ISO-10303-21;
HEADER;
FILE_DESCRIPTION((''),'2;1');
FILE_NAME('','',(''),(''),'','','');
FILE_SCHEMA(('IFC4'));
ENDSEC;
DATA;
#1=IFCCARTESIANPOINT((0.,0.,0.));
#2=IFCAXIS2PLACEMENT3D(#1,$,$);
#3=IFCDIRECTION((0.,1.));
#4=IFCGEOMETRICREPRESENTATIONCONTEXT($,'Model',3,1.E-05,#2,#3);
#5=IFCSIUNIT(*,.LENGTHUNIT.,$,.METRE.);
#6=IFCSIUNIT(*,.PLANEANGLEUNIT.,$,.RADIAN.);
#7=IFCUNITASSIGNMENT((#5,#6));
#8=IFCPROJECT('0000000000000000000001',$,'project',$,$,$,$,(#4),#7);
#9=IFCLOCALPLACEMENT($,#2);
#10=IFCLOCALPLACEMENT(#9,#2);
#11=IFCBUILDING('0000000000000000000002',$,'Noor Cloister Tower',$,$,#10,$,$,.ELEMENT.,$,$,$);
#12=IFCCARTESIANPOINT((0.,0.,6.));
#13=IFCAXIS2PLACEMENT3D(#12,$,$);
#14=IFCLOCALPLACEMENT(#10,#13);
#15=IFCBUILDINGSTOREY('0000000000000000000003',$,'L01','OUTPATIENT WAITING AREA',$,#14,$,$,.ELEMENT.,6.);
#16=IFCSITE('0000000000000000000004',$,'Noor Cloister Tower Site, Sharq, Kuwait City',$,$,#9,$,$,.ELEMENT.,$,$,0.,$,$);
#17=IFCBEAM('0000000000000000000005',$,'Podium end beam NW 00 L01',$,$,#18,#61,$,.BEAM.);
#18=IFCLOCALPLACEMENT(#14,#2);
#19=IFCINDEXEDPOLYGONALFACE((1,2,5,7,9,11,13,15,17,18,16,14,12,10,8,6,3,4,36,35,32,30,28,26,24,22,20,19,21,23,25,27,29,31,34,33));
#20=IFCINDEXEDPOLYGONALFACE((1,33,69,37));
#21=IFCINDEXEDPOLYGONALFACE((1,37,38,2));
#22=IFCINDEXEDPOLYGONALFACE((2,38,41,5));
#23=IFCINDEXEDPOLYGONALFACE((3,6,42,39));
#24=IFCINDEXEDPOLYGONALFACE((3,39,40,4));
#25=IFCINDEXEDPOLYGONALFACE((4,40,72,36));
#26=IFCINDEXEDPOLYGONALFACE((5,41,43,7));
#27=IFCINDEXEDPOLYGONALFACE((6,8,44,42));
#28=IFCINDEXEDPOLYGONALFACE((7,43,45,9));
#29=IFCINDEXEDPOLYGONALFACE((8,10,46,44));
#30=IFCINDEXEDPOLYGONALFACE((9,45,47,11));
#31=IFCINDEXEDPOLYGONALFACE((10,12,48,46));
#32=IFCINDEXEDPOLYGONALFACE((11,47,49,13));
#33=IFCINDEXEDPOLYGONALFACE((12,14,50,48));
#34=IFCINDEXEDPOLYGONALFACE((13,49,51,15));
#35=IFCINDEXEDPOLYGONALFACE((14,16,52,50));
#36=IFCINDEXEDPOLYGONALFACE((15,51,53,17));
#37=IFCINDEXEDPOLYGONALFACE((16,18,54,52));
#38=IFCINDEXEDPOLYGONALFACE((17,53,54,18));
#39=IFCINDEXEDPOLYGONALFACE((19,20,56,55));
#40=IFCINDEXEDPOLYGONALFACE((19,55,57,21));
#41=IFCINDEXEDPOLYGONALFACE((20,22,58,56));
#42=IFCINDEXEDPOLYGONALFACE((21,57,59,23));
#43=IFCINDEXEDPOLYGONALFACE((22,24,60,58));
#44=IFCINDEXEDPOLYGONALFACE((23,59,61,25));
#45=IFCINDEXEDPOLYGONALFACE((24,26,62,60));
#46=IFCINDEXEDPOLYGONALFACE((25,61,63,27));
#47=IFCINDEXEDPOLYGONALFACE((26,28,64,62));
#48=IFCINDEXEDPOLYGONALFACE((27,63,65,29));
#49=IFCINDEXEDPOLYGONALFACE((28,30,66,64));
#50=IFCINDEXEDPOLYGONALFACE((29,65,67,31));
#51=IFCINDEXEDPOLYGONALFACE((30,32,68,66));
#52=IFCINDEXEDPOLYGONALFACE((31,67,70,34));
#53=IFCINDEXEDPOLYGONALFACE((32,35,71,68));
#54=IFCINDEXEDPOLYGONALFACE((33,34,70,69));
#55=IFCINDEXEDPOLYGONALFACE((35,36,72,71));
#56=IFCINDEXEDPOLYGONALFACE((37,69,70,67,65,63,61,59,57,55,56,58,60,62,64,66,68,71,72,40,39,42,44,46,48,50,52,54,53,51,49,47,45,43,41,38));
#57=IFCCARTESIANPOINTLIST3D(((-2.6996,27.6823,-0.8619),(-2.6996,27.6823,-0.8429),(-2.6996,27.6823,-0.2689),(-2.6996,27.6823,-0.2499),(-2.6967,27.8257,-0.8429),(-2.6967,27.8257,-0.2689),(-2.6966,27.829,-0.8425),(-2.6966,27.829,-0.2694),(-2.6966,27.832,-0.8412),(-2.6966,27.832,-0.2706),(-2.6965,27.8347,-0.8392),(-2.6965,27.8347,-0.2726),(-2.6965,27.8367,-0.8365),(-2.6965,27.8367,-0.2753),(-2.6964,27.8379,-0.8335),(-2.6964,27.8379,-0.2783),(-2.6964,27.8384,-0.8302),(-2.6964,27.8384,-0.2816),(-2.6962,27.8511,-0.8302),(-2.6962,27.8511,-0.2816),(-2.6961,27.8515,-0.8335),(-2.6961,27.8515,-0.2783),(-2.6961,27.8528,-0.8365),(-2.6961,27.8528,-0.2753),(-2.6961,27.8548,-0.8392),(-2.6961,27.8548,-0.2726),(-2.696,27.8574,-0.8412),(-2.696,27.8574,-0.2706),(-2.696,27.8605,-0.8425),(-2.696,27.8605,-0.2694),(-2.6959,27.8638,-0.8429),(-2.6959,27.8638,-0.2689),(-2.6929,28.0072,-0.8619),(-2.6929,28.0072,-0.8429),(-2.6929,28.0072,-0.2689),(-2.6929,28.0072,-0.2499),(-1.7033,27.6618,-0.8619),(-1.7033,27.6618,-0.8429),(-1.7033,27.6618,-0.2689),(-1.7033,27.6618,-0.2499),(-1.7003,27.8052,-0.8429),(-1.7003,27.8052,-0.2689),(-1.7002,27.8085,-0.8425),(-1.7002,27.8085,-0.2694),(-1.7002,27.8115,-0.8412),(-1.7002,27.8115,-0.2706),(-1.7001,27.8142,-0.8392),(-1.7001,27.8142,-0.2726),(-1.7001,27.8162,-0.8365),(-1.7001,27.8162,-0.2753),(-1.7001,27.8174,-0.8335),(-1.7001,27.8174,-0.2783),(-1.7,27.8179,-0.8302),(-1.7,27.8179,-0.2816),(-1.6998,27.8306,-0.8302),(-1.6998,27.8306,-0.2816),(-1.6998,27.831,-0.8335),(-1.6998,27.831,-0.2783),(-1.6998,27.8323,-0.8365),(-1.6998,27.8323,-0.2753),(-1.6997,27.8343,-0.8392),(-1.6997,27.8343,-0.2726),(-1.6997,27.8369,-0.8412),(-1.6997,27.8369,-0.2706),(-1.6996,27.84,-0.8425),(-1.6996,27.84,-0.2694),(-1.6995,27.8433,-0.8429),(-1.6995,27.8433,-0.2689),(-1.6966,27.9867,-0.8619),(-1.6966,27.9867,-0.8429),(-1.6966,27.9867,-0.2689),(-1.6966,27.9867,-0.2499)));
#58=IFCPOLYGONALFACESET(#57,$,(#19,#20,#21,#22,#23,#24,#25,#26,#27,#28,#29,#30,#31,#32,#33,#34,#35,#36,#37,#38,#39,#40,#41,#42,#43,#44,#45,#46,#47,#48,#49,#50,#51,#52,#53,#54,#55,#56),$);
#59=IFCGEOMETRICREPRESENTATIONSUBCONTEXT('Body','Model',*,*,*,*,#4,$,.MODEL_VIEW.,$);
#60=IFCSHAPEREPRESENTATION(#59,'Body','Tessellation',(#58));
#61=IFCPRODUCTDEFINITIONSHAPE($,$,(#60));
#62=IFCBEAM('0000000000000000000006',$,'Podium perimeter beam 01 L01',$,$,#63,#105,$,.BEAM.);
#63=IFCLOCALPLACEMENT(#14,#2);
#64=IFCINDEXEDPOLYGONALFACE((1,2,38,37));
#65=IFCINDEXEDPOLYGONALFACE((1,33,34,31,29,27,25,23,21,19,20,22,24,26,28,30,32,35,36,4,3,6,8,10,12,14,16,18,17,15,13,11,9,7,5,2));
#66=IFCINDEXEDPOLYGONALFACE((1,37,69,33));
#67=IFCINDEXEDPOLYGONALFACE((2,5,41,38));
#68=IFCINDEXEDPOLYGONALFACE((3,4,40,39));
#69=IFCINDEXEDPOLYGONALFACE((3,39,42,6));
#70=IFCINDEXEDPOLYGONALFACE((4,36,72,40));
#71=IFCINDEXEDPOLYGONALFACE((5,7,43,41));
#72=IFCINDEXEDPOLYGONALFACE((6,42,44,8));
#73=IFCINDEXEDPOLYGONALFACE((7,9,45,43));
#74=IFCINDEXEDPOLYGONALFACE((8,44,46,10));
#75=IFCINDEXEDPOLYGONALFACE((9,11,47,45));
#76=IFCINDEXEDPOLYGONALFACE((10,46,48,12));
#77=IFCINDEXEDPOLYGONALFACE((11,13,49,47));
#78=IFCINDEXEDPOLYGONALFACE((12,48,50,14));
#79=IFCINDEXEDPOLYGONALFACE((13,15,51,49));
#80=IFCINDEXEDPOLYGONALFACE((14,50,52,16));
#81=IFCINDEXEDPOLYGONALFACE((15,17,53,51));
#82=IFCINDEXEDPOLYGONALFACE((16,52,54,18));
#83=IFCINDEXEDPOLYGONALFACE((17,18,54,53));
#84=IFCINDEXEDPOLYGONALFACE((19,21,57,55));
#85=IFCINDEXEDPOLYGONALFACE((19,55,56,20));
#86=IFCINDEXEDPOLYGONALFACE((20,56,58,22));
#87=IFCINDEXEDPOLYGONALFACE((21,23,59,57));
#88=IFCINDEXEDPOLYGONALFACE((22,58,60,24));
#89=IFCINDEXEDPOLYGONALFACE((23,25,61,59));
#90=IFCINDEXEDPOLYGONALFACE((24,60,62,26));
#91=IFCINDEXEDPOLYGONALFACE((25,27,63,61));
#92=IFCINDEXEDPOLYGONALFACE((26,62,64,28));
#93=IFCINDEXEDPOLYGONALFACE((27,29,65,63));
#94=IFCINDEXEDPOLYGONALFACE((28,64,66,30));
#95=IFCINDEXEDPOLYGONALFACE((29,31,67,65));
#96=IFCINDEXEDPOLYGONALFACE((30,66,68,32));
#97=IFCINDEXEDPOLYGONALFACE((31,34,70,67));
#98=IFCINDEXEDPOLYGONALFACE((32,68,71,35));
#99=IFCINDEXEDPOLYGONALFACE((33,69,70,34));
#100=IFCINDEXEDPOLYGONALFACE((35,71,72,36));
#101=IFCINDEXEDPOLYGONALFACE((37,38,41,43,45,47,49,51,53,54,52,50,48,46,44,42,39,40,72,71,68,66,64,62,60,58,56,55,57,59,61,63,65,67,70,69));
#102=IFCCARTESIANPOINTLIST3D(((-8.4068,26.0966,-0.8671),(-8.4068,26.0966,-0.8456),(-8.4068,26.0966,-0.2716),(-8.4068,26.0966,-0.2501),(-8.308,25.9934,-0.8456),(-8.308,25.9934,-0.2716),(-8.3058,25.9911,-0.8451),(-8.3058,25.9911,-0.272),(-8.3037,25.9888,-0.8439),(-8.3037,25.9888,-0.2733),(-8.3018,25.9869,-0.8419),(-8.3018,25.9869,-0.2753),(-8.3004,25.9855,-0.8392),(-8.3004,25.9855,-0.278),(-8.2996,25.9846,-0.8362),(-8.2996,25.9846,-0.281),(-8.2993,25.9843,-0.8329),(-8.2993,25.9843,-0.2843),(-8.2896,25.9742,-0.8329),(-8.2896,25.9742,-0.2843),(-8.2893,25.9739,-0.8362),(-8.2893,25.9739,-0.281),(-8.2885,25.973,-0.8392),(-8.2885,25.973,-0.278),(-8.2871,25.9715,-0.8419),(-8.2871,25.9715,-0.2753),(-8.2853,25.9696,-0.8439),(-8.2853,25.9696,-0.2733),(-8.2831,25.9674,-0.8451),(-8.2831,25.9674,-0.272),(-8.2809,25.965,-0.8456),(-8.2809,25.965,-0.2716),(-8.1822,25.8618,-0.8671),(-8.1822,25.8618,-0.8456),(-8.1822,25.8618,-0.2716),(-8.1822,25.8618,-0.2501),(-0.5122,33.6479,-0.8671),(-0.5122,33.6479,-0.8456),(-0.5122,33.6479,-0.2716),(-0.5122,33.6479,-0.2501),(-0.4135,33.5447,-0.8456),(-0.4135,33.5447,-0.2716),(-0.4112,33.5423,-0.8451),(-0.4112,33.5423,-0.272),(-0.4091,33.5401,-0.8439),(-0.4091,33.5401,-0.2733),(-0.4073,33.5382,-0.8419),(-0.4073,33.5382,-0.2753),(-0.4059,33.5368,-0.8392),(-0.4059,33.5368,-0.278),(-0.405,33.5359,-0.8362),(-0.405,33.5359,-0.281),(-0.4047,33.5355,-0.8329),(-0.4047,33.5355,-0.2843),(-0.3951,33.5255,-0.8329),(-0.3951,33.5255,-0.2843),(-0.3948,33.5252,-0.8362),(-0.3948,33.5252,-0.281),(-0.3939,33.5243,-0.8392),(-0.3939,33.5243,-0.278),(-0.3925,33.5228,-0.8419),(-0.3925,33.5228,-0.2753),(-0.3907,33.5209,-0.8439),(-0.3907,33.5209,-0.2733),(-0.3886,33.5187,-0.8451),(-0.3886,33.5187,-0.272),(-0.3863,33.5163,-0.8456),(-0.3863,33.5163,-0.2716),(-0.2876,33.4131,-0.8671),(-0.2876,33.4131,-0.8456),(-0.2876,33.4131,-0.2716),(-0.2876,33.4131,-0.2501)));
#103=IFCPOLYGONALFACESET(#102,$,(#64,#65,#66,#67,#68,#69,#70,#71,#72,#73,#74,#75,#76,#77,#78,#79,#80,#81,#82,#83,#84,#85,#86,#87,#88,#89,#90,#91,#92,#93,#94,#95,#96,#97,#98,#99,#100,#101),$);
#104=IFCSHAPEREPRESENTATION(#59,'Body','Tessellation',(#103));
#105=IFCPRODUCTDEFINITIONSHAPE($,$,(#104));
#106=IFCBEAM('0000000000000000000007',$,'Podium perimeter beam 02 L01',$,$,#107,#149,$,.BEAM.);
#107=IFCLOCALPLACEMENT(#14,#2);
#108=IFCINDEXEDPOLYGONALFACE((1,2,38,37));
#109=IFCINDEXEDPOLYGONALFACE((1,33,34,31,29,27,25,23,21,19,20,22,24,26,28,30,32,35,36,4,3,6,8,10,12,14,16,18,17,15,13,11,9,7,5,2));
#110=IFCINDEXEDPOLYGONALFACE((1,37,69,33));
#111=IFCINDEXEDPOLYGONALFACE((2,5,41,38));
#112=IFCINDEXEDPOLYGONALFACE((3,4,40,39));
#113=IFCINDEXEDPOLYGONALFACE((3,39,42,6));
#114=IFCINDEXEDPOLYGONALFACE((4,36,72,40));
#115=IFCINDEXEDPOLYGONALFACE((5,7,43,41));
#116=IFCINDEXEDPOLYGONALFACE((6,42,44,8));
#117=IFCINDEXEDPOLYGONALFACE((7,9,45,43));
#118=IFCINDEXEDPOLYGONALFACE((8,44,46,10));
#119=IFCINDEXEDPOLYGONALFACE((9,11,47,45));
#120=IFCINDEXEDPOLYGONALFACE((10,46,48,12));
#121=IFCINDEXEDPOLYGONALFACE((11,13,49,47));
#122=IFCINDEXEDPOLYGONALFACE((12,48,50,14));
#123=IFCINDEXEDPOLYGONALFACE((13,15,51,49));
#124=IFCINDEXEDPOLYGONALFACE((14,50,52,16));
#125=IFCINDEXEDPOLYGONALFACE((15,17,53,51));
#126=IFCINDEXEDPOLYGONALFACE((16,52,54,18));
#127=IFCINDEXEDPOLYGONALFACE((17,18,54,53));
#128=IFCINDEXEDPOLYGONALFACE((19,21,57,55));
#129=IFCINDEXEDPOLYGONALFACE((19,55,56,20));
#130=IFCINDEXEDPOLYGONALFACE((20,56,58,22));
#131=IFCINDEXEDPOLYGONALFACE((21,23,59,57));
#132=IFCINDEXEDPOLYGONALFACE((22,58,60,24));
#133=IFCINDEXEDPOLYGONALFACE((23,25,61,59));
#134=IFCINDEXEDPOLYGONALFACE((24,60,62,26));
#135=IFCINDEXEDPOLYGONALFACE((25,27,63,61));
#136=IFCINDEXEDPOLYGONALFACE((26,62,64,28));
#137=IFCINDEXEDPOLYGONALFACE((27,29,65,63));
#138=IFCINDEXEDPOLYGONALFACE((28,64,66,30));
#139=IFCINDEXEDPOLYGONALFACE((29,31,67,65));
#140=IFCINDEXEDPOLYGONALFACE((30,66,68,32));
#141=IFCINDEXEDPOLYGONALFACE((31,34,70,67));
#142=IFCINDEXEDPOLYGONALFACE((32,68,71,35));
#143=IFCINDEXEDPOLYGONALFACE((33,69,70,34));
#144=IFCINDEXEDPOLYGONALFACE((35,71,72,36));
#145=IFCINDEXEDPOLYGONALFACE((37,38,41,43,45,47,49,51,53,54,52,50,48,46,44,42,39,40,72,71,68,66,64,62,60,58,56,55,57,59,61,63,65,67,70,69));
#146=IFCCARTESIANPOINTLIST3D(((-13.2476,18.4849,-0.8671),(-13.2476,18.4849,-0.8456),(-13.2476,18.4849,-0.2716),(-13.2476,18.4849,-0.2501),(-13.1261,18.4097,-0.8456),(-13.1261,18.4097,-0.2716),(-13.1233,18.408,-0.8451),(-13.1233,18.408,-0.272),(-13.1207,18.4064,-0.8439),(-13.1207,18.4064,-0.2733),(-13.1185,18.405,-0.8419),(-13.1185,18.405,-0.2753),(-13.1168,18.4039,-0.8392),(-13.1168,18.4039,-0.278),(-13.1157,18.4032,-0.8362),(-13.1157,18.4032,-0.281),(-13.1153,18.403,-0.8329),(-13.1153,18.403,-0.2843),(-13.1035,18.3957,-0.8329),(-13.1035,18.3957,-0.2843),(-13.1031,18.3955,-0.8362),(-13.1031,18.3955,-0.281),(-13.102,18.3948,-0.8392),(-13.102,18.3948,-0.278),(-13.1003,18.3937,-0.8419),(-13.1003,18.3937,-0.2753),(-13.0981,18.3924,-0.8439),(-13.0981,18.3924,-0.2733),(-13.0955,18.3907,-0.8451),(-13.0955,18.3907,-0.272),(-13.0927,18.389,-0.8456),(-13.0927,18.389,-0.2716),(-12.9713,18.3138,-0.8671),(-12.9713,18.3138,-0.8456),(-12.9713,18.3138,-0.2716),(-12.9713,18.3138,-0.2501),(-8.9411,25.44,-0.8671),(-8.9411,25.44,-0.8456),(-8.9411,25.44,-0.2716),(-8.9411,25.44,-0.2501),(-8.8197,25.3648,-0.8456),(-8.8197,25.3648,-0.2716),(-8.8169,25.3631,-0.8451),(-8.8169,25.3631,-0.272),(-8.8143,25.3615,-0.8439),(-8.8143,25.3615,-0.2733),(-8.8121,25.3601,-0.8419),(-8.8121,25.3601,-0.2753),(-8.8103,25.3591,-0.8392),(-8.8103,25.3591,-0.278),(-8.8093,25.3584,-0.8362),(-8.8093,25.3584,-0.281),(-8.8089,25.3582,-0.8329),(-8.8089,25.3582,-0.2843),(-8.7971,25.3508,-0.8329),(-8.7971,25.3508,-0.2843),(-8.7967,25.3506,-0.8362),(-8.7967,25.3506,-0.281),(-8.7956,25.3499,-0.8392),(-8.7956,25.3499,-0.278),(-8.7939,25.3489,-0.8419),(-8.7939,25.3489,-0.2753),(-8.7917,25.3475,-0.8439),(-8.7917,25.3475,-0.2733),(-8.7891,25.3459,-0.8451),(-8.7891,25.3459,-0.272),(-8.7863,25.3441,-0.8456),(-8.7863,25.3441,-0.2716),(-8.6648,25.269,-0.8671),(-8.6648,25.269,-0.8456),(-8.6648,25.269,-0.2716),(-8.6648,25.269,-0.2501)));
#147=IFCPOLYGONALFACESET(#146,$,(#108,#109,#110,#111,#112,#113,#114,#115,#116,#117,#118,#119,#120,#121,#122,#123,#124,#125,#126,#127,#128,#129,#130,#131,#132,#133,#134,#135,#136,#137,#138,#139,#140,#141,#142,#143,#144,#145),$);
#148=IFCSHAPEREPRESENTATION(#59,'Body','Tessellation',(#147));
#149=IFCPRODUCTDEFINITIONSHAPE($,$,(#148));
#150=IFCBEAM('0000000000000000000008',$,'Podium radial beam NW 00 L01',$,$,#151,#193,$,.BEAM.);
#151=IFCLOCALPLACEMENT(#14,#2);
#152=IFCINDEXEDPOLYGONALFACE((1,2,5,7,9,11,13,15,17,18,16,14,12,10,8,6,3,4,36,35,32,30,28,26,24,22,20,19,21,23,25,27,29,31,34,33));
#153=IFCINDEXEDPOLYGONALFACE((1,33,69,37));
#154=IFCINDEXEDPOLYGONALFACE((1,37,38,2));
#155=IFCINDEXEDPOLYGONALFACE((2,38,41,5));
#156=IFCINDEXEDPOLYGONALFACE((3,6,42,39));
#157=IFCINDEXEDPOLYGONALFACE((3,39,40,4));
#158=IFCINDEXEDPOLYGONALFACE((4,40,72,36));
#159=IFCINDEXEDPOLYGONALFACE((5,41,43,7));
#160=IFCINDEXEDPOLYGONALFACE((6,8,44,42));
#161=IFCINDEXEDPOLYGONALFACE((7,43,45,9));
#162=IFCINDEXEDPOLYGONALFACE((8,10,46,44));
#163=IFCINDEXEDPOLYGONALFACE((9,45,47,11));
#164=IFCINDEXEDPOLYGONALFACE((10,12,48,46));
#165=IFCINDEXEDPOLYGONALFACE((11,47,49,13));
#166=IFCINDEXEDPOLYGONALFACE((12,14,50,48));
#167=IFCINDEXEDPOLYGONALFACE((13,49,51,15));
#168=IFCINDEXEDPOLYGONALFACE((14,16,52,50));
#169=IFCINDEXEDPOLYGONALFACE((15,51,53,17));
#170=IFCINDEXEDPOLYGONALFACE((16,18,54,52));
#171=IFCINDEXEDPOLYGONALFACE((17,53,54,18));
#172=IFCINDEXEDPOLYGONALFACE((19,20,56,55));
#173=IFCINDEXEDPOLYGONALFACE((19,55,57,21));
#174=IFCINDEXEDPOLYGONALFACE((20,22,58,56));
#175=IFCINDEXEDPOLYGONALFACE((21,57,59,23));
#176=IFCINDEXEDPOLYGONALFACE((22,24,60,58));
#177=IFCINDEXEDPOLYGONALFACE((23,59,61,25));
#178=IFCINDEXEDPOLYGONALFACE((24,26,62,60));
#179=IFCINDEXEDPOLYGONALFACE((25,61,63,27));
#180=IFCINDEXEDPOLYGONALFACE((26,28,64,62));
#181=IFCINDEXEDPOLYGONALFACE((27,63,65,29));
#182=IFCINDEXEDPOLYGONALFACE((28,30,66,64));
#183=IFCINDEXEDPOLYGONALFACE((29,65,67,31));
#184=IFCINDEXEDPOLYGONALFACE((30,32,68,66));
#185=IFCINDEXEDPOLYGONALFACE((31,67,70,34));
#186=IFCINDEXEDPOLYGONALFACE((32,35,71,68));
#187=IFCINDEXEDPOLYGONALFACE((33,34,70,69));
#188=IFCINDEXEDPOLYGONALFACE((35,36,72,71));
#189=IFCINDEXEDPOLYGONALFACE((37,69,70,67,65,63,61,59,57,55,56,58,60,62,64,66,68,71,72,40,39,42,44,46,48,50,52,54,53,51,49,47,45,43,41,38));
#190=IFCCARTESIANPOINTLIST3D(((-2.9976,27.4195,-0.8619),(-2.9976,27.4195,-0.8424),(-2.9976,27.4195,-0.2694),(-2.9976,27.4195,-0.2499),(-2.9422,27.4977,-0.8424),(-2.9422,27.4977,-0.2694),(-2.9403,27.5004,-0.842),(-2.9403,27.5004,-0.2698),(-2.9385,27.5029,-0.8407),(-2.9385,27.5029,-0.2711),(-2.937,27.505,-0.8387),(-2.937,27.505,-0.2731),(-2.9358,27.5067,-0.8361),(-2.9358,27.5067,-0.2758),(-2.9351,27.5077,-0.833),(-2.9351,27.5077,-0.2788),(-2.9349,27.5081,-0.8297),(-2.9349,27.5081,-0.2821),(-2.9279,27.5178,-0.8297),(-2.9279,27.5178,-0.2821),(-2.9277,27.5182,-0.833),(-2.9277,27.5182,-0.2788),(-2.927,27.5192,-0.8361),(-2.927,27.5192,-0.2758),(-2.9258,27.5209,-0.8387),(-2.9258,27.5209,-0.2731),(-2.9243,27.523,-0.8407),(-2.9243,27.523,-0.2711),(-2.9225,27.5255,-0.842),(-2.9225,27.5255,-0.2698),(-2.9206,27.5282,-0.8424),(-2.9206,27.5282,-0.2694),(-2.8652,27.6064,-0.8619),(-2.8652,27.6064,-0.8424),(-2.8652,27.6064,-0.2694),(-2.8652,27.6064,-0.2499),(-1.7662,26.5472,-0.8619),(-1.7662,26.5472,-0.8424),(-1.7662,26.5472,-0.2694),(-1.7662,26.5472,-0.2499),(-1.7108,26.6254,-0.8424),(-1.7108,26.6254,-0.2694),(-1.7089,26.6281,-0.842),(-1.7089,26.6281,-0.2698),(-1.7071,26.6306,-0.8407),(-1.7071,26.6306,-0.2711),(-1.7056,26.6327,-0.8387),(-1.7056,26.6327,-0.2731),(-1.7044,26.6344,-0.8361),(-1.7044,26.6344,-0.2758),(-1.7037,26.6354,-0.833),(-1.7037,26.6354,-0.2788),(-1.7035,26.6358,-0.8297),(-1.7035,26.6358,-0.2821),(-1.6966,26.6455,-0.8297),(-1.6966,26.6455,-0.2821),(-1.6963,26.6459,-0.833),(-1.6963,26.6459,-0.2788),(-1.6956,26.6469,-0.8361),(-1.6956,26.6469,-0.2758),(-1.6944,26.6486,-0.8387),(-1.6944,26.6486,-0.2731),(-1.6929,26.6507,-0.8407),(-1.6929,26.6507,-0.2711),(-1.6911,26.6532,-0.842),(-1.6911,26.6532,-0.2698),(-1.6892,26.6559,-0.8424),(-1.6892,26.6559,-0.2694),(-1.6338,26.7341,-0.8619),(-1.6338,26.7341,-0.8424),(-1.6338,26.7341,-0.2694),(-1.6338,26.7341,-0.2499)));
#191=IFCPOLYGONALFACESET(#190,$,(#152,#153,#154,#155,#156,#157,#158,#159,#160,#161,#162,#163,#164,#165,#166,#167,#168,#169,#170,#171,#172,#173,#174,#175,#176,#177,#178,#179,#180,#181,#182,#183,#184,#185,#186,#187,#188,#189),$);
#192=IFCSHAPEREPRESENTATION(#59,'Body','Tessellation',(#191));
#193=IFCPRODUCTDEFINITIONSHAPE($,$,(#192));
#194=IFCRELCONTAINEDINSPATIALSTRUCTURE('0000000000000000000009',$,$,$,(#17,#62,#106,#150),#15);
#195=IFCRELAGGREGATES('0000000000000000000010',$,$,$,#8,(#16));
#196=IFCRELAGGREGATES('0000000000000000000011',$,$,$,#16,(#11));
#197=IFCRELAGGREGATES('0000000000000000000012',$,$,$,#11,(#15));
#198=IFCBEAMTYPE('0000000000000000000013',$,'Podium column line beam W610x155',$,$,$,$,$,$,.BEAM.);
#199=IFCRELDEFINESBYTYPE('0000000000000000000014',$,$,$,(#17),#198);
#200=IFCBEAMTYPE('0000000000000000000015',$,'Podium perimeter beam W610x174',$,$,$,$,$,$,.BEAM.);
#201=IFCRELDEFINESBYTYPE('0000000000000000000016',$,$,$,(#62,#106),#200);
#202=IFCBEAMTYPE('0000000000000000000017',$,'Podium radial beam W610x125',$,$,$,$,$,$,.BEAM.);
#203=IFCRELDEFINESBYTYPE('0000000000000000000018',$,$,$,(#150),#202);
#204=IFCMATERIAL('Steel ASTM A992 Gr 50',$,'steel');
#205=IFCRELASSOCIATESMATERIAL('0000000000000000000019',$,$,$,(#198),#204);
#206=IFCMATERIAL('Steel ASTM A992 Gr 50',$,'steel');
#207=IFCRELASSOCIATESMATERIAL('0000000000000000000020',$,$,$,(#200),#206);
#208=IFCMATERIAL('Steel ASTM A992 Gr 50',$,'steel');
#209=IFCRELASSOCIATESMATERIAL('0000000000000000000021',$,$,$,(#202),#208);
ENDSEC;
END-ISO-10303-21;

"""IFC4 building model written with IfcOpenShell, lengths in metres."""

from ifc_helpers import new_model, si_unit, direction, frame, origin, origin_2d, place, context, subcontext, project, spatial, i_section, extrude, material, material_profile, profile_set, type_object, element, save


model = new_model("IFC4")

# Units and contexts
model_context = context("Model", 3, precision=1e-05, world=origin(), true_north=direction((0.0, 1.0)))
body_context = subcontext(model_context, "Body", "Model", "MODEL_VIEW")
ifc_project = project(units=[si_unit("LENGTHUNIT", "METRE"), si_unit("PLANEANGLEUNIT", "RADIAN")], contexts=[model_context])

# Site, building, storey
site_placement = place(None, origin())
site = spatial("IfcSite", under=ifc_project, at=site_placement, Name="Noor Cloister Tower Site, Sharq, Kuwait City", CompositionType="ELEMENT", RefElevation=0.0)
building_placement = place(site_placement, origin())
building = spatial("IfcBuilding", under=site, at=building_placement, Name="Noor Cloister Tower", CompositionType="ELEMENT")
storey_placement = place(building_placement, frame((0.0, 0.0, 6.0)))
storey = spatial("IfcBuildingStorey", under=building, at=storey_placement, Name="L01", Description="OUTPATIENT WAITING AREA", CompositionType="ELEMENT", Elevation=6.0)

# Beams
ifc_material_1 = material(Name="Steel ASTM A992 Gr 50", Category="steel")
ifc_material_profile_1 = material_profile(ifc_material_1, i_section(OverallWidth=0.325, OverallDepth=0.6121, WebThickness=0.0127, FlangeThickness=0.019, FilletRadius=0.0127, at=origin_2d()), Name="W610x155")
ifc_profile_set_1 = profile_set([ifc_material_profile_1], Name="Steel ASTM A992 Gr 50")
beam_type_1 = type_object("IfcBeamType", Name="Podium column line beam W610x155", PredefinedType="BEAM", material=ifc_profile_set_1)
beam_1_placement = place(storey_placement, frame((-2.6963, 27.8447, -0.5559), z_axis=(0.999788, -0.020579, 0.0), x_axis=(0.020579, 0.999788, 0.0)))
element("IfcBeam", 1, at=beam_1_placement, inside=storey, type_object=beam_type_1, Name="Podium end beam NW 00 L01", PredefinedType="BEAM", context=body_context, shape_type="SweptSolid", body=[
    extrude(i_section(OverallWidth=0.325, OverallDepth=0.6121, WebThickness=0.0127, FlangeThickness=0.019, FilletRadius=0.0127, at=origin_2d()), origin(), (0.0, 0.0, 1.0), 0.9966),
])
ifc_material_2 = material(Name="Steel ASTM A992 Gr 50", Category="steel")
ifc_material_profile_2 = material_profile(ifc_material_2, i_section(OverallWidth=0.325, OverallDepth=0.6169, WebThickness=0.0139, FlangeThickness=0.0215, FilletRadius=0.0127, at=origin_2d()), Name="W610x174")
ifc_profile_set_2 = profile_set([ifc_material_profile_2], Name="Steel ASTM A992 Gr 50")
beam_type_2 = type_object("IfcBeamType", Name="Podium perimeter beam W610x174", PredefinedType="BEAM", material=ifc_profile_set_2)
beam_2_placement = place(storey_placement, frame((-0.3999, 33.5305, -0.5586), z_axis=(-0.722643, -0.691222, 0.0), x_axis=(0.691222, -0.722643, 0.0)))
element("IfcBeam", 2, at=beam_2_placement, inside=storey, type_object=beam_type_2, Name="Podium perimeter beam 01 L01", PredefinedType="BEAM", context=body_context, shape_type="SweptSolid", body=[
    extrude(i_section(OverallWidth=0.325, OverallDepth=0.6169, WebThickness=0.0139, FlangeThickness=0.0215, FilletRadius=0.0127, at=origin_2d()), origin(), (0.0, 0.0, 1.0), 10.9246),
])
beam_3_placement = place(storey_placement, frame((-8.803, 25.3545, -0.5586), z_axis=(-0.526432, -0.850217, 0.0), x_axis=(0.850217, -0.526432, 0.0)))
element("IfcBeam", 3, at=beam_3_placement, inside=storey, type_object=beam_type_2, Name="Podium perimeter beam 02 L01", PredefinedType="BEAM", context=body_context, shape_type="SweptSolid", body=[
    extrude(i_section(OverallWidth=0.325, OverallDepth=0.6169, WebThickness=0.0139, FlangeThickness=0.0215, FilletRadius=0.0127, at=origin_2d()), origin(), (0.0, 0.0, 1.0), 8.1804),
])
ifc_material_3 = material(Name="Steel ASTM A992 Gr 50", Category="steel")
ifc_material_profile_3 = material_profile(ifc_material_3, i_section(OverallWidth=0.229, OverallDepth=0.6121, WebThickness=0.012, FlangeThickness=0.0195, FilletRadius=0.0127, at=origin_2d()), Name="W610x125")
ifc_profile_set_3 = profile_set([ifc_material_profile_3], Name="Steel ASTM A992 Gr 50")
beam_type_3 = type_object("IfcBeamType", Name="Podium radial beam W610x125", PredefinedType="BEAM", material=ifc_profile_set_3)
beam_4_placement = place(storey_placement, frame((-2.9314, 27.5129, -0.5559), z_axis=(0.816012, -0.578035, 0.0), x_axis=(0.578035, 0.816012, 0.0)))
element("IfcBeam", 4, at=beam_4_placement, inside=storey, type_object=beam_type_3, Name="Podium radial beam NW 00 L01", PredefinedType="BEAM", context=body_context, shape_type="SweptSolid", body=[
    extrude(i_section(OverallWidth=0.229, OverallDepth=0.6121, WebThickness=0.012, FlangeThickness=0.0195, FilletRadius=0.0127, at=origin_2d()), origin(), (0.0, 0.0, 1.0), 1.509),
])

save(model, "model.ifc")
